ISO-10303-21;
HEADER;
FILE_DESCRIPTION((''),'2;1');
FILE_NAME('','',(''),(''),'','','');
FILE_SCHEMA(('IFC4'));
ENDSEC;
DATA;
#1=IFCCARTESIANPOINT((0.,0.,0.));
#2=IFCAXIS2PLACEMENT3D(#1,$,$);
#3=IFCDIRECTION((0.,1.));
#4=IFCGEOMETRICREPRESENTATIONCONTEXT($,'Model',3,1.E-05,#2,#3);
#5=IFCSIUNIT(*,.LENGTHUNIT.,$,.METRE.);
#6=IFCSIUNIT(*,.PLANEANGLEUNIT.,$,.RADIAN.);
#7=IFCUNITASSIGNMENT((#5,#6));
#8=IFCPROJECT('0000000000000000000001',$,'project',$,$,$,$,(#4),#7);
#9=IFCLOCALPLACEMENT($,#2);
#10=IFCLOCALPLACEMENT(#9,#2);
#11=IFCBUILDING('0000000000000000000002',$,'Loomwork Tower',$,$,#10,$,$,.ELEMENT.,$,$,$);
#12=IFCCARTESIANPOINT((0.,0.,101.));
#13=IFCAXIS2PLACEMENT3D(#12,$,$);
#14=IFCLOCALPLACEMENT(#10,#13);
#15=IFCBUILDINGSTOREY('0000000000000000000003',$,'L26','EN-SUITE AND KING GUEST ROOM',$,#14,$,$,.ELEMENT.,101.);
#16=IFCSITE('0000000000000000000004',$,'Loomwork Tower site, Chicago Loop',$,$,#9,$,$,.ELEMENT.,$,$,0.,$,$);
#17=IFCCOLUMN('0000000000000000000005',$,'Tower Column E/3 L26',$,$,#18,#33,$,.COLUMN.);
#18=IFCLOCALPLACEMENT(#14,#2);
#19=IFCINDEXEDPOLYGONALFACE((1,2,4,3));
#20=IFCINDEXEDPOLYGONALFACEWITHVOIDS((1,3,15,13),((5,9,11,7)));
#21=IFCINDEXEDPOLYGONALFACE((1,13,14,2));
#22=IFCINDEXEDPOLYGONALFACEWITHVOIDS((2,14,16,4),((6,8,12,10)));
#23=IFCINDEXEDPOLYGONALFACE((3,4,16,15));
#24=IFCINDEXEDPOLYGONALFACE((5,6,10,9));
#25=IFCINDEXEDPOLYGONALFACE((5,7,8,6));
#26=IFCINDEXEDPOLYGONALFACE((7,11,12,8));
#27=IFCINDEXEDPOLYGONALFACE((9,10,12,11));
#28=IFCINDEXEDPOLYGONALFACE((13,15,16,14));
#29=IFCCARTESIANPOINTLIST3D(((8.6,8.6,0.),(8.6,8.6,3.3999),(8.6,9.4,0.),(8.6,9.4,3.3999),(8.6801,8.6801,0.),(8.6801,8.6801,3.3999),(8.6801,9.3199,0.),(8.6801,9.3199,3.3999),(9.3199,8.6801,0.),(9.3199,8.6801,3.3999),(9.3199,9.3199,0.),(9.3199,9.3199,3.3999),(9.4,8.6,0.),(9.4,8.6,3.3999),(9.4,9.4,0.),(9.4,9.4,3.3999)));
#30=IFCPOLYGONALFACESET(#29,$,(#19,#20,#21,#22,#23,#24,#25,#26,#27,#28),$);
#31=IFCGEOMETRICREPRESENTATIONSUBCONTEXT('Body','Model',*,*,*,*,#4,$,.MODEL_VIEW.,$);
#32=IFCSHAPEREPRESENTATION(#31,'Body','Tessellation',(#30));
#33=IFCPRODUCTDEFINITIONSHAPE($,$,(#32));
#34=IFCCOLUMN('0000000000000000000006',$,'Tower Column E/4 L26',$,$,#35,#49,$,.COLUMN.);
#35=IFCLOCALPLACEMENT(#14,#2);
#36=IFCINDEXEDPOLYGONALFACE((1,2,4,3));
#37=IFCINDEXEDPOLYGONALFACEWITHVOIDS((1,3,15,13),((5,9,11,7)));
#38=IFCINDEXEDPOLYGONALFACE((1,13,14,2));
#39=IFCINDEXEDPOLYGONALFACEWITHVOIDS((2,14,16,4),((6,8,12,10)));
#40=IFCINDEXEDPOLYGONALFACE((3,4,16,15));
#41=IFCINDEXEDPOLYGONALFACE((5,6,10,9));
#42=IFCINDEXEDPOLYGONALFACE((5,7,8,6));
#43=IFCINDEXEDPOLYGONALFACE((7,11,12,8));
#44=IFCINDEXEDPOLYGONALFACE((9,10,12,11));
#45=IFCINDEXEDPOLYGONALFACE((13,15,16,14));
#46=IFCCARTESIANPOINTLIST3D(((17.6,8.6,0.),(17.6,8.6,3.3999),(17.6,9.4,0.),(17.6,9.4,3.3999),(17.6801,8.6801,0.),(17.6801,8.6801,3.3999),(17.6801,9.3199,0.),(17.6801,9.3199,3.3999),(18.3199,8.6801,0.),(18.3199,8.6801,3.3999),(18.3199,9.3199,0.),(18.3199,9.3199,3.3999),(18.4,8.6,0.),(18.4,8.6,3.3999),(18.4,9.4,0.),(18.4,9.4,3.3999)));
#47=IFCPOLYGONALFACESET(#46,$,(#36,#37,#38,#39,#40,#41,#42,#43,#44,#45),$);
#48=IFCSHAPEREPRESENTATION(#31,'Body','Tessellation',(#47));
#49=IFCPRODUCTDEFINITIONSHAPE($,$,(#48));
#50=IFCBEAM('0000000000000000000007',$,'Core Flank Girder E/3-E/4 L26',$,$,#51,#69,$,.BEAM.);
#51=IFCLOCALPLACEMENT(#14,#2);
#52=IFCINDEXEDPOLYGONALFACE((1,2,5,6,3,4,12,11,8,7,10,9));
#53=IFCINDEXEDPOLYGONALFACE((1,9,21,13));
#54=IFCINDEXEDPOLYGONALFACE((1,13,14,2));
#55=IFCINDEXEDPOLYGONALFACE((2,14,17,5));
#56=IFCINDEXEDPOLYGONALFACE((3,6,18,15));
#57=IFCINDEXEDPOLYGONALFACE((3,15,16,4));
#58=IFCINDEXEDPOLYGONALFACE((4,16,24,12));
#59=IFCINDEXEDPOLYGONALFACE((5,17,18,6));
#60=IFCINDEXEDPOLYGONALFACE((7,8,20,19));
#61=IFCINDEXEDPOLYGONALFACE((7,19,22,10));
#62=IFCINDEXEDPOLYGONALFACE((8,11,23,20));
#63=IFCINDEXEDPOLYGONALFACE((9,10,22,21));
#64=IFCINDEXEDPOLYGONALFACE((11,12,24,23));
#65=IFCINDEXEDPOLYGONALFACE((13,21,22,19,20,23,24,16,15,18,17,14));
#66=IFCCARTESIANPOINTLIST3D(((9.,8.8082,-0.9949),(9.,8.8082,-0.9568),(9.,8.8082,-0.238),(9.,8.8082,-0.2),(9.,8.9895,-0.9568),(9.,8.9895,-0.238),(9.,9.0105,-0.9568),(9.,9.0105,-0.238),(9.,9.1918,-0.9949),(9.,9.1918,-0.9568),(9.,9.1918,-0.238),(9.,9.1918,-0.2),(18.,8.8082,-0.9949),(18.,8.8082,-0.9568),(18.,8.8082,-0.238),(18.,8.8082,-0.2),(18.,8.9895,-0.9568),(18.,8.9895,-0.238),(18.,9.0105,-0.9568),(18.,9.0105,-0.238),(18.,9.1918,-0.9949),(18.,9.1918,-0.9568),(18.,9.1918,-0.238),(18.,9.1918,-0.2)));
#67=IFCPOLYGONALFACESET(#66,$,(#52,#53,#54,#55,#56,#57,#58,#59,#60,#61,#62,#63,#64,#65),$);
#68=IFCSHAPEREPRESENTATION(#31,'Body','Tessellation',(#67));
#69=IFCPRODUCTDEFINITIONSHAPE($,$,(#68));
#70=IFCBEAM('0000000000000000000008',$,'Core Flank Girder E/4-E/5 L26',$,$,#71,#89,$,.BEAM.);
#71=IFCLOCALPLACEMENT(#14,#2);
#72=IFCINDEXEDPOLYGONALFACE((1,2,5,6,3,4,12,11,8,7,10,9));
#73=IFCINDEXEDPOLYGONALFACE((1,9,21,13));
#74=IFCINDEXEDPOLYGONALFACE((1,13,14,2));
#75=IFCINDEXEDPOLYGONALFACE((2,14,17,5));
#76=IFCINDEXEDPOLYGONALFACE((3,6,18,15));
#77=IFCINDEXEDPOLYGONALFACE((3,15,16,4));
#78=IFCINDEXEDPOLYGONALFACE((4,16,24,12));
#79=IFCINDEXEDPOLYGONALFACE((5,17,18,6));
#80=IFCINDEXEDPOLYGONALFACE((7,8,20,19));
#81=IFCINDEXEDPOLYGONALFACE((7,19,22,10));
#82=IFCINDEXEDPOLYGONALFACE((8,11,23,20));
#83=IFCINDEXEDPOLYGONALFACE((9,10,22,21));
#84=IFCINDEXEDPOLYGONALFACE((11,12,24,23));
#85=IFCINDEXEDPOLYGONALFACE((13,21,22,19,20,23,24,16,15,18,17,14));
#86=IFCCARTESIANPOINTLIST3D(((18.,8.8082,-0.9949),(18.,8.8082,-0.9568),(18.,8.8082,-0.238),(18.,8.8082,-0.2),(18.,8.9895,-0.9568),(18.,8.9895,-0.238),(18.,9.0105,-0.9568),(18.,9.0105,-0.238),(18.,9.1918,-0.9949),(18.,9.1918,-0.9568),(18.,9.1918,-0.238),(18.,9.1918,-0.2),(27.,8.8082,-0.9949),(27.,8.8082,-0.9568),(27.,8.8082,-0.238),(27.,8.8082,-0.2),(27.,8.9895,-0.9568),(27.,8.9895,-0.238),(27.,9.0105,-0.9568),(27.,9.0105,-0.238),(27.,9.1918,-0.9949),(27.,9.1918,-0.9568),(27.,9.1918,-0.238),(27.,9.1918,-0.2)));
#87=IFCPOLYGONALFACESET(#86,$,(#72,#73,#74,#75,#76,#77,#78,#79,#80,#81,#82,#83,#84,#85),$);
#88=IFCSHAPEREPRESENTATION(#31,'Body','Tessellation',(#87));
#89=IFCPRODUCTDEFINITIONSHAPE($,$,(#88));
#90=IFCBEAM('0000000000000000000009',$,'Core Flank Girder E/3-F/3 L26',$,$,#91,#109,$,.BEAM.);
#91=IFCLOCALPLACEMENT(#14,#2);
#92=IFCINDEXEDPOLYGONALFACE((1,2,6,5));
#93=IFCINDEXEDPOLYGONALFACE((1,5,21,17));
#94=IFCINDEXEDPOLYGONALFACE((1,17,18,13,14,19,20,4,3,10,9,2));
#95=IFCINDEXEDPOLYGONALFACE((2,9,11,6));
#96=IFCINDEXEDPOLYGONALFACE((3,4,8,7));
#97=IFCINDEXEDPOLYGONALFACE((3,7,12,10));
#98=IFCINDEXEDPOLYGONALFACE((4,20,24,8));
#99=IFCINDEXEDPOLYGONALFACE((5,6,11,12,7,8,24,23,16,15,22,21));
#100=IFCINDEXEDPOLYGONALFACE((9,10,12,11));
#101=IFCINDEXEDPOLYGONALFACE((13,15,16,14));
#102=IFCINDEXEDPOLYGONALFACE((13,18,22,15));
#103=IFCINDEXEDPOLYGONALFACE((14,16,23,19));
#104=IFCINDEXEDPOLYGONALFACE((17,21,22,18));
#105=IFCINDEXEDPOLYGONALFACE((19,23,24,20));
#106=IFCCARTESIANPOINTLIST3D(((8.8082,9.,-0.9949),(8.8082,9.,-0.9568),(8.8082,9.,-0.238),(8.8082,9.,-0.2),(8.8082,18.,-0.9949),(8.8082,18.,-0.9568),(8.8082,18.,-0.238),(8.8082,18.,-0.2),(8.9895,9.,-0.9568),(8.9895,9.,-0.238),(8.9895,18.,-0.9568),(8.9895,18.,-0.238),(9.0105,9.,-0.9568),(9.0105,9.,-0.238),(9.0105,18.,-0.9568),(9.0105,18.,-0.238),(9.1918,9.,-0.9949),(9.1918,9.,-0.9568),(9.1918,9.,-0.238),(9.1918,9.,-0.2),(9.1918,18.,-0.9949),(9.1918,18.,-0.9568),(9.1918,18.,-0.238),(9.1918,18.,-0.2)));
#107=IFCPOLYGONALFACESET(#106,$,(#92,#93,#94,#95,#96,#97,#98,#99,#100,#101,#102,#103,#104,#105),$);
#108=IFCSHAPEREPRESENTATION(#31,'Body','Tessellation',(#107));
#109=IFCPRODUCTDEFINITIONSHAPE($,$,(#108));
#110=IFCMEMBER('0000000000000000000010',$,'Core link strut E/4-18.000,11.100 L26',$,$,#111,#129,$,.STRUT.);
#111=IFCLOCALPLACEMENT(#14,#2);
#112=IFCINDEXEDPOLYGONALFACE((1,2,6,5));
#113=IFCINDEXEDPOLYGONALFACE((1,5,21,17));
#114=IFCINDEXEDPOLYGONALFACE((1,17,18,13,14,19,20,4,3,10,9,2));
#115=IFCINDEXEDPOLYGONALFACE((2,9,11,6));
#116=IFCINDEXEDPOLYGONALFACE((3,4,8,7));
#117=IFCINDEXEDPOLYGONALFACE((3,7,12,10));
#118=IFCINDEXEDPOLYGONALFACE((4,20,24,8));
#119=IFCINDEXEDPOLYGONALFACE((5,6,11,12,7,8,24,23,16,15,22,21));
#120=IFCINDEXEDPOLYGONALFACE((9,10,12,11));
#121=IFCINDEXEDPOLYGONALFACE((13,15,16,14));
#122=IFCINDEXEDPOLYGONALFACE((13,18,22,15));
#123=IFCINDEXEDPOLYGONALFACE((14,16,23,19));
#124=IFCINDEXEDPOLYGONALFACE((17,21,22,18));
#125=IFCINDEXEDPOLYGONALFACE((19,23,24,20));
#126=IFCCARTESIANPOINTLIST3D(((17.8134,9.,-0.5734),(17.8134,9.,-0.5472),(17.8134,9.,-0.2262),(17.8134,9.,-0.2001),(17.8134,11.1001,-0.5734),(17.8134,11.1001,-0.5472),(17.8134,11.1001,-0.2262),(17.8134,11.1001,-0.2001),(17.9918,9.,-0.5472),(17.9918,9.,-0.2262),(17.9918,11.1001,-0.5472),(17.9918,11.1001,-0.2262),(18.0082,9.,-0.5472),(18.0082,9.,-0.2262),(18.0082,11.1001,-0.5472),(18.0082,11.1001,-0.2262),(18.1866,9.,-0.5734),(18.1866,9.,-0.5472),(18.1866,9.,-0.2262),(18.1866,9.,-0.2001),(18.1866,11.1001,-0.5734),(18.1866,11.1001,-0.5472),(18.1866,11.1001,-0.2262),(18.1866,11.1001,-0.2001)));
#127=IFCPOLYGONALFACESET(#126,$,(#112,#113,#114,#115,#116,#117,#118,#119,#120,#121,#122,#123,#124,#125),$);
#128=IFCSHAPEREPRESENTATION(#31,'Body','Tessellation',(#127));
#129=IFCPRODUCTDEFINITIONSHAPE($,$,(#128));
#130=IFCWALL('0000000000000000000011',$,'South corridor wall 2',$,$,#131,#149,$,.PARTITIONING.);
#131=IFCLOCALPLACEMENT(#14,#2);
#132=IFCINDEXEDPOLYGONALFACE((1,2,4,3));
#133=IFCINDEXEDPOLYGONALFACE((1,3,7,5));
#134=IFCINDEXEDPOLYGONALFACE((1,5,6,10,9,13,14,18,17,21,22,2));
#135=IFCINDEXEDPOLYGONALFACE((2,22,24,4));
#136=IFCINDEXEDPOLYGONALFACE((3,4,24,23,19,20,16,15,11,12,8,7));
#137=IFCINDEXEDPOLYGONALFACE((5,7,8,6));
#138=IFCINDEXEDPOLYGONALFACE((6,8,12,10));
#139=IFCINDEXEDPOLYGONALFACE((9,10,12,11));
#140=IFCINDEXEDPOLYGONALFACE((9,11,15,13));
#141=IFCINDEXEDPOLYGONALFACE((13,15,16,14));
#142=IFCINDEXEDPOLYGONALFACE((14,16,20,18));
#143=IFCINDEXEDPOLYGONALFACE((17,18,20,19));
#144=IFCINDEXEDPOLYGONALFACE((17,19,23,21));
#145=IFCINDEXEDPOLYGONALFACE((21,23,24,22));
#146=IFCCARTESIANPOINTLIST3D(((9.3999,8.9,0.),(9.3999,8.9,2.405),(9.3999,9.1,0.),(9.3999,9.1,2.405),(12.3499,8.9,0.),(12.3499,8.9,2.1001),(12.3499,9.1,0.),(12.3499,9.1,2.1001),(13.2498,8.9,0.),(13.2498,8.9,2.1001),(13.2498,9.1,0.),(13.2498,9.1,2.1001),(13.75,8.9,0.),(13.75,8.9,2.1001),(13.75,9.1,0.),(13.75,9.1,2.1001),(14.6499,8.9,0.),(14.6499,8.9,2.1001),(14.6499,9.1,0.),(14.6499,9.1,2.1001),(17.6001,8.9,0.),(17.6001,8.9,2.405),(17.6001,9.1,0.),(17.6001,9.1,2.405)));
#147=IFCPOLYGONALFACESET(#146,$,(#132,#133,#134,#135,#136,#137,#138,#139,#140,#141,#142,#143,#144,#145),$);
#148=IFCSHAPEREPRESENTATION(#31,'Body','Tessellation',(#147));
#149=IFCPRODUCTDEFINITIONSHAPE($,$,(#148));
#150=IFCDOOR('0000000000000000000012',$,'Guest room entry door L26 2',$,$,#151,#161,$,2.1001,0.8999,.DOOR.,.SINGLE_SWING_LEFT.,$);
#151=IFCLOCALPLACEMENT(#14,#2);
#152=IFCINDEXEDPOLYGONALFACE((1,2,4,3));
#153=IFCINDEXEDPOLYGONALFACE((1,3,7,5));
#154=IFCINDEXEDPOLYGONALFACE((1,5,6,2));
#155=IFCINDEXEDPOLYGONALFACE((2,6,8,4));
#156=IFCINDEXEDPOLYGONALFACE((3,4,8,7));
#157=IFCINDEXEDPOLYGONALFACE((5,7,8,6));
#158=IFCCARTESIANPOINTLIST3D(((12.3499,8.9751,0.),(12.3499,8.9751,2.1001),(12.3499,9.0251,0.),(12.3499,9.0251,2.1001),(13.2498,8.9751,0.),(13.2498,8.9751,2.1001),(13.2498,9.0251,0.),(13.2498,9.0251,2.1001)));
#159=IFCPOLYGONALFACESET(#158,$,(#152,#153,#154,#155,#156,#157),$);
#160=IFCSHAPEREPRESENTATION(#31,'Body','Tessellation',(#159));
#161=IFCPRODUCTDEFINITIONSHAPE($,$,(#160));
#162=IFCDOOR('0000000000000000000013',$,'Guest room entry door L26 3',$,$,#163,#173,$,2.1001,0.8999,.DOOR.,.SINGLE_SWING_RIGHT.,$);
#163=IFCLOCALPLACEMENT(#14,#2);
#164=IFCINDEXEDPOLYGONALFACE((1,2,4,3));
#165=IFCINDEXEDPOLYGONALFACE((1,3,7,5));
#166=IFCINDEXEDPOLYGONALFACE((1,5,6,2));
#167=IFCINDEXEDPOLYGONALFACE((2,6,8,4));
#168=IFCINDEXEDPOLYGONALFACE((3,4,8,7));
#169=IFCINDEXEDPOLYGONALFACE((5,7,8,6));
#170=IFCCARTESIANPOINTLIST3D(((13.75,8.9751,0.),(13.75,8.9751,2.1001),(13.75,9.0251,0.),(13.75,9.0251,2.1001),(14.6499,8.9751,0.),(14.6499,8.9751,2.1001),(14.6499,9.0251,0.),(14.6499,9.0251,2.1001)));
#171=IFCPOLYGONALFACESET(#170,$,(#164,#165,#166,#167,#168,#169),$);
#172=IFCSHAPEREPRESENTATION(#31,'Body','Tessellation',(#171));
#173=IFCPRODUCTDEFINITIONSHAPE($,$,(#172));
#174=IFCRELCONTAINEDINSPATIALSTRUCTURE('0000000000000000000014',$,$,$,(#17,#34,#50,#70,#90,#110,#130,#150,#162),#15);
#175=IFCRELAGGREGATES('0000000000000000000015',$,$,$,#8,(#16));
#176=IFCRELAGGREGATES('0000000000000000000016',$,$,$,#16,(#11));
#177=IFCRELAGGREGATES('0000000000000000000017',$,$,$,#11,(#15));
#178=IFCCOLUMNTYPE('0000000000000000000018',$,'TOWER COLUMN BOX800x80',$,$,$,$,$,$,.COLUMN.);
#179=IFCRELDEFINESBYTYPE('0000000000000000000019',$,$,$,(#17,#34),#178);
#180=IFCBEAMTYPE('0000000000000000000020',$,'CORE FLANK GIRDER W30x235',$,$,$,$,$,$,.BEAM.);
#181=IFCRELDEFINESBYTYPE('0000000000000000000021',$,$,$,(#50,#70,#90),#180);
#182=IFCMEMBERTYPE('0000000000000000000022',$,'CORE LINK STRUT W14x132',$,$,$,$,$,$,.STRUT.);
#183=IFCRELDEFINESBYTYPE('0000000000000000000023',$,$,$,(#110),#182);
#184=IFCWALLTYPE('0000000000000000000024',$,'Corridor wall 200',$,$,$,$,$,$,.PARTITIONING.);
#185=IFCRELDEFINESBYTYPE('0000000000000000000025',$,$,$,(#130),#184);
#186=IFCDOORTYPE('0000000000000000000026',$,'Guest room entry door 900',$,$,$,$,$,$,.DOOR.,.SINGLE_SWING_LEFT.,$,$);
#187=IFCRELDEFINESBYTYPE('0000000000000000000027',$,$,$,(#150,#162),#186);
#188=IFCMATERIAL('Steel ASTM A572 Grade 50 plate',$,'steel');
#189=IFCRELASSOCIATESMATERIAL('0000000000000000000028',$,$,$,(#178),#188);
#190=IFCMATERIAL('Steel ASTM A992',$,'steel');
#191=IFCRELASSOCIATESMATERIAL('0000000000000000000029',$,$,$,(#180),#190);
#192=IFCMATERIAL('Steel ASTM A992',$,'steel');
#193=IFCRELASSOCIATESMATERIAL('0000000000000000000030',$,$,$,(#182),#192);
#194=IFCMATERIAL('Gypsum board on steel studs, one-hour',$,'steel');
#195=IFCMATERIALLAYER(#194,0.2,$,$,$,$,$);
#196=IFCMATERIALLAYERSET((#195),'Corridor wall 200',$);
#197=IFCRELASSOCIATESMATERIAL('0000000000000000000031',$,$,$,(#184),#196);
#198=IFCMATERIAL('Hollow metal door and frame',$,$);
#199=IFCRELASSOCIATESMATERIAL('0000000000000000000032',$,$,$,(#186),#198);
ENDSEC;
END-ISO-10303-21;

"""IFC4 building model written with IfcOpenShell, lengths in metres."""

from ifc_helpers import new_model, si_unit, direction, frame, frame_2d, origin, origin_2d, place, context, subcontext, project, spatial, rectangle, hollow_rectangle, i_section, extrude, material, layer, layer_set, material_profile, profile_set, type_object, element, fill, save


model = new_model("IFC4")

# Units and contexts
model_context = context("Model", 3, precision=1e-05, world=origin(), true_north=direction((0.0, 1.0)))
body_context = subcontext(model_context, "Body", "Model", "MODEL_VIEW")
ifc_project = project(units=[si_unit("LENGTHUNIT", "METRE"), si_unit("PLANEANGLEUNIT", "RADIAN")], contexts=[model_context])

# Site, building, storey
site_placement = place(None, origin())
site = spatial("IfcSite", under=ifc_project, at=site_placement, Name="Loomwork Tower site, Chicago Loop", CompositionType="ELEMENT", RefElevation=0.0)
building_placement = place(site_placement, origin())
building = spatial("IfcBuilding", under=site, at=building_placement, Name="Loomwork Tower", CompositionType="ELEMENT")
storey_placement = place(building_placement, frame((0.0, 0.0, 101.0)))
storey = spatial("IfcBuildingStorey", under=building, at=storey_placement, Name="L26", Description="EN-SUITE AND KING GUEST ROOM", CompositionType="ELEMENT", Elevation=101.0)

# Columns
ifc_material_1 = material(Name="Steel ASTM A572 Grade 50 plate", Category="steel")
ifc_material_profile_1 = material_profile(ifc_material_1, hollow_rectangle(XDim=0.8, YDim=0.8, WallThickness=0.0801, at=origin_2d()), Name="BOX800x80")
ifc_profile_set_1 = profile_set([ifc_material_profile_1], Name="Steel ASTM A572 Grade 50 plate")
column_type = type_object("IfcColumnType", Name="TOWER COLUMN BOX800x80", PredefinedType="COLUMN", material=ifc_profile_set_1)
for number, where, z_axis, x_axis, name in (
    (1, (9.0, 9.0, 0.0), (0.0, 0.0, 1.0), (1.0, 0.0, 0.0), "Tower Column E/3 L26"),
    (2, (18.0, 9.0, 0.0), (0.0, 0.0, 1.0), (1.0, 0.0, 0.0), "Tower Column E/4 L26"),
):
    element("IfcColumn", number, at=place(storey_placement, frame(where, z_axis=z_axis, x_axis=x_axis)), inside=storey, type_object=column_type, Name=name, PredefinedType="COLUMN", context=body_context, shape_type="SweptSolid", body=[
        extrude(hollow_rectangle(XDim=0.8, YDim=0.8, WallThickness=0.0801, at=origin_2d()), origin(), (0.0, 0.0, 1.0), 3.3999),
    ])

# Beams
ifc_material_2 = material(Name="Steel ASTM A992", Category="steel")
ifc_material_profile_2 = material_profile(ifc_material_2, i_section(OverallWidth=0.3835, OverallDepth=0.7949, WebThickness=0.021, FlangeThickness=0.0381, at=origin_2d()), Name="W30x235")
ifc_profile_set_2 = profile_set([ifc_material_profile_2], Name="Steel ASTM A992")
beam_type = type_object("IfcBeamType", Name="CORE FLANK GIRDER W30x235", PredefinedType="BEAM", material=ifc_profile_set_2)
for number, where, z_axis, x_axis, name in (
    (3, (9.0, 9.0, -0.5974), (1.0, 0.0, 0.0), (0.0, 1.0, 0.0), "Core Flank Girder E/3-E/4 L26"),
    (4, (18.0, 9.0, -0.5974), (1.0, 0.0, 0.0), (0.0, 1.0, 0.0), "Core Flank Girder E/4-E/5 L26"),
    (5, (9.0, 9.0, -0.5974), (0.0, 1.0, 0.0), (-1.0, 0.0, 0.0), "Core Flank Girder E/3-F/3 L26"),
):
    element("IfcBeam", number, at=place(storey_placement, frame(where, z_axis=z_axis, x_axis=x_axis)), inside=storey, type_object=beam_type, Name=name, PredefinedType="BEAM", context=body_context, shape_type="SweptSolid", body=[
        extrude(i_section(OverallWidth=0.3835, OverallDepth=0.7949, WebThickness=0.021, FlangeThickness=0.0381, at=origin_2d()), origin(), (0.0, 0.0, 1.0), 9.0),
    ])

# Member
ifc_material_3 = material(Name="Steel ASTM A992", Category="steel")
ifc_material_profile_3 = material_profile(ifc_material_3, i_section(OverallWidth=0.3733, OverallDepth=0.3733, WebThickness=0.0164, FlangeThickness=0.0261, at=origin_2d()), Name="W14x132")
ifc_profile_set_3 = profile_set([ifc_material_profile_3], Name="Steel ASTM A992")
member_type = type_object("IfcMemberType", Name="CORE LINK STRUT W14x132", PredefinedType="STRUT", material=ifc_profile_set_3)
member_placement = place(storey_placement, frame((18.0, 9.0, -0.3867), z_axis=(0.0, 1.0, 0.0), x_axis=(-1.0, 0.0, 0.0)))
element("IfcMember", 6, at=member_placement, inside=storey, type_object=member_type, Name="Core link strut E/4-18.000,11.100 L26", PredefinedType="STRUT", context=body_context, shape_type="SweptSolid", body=[
    extrude(i_section(OverallWidth=0.3733, OverallDepth=0.3733, WebThickness=0.0164, FlangeThickness=0.0261, at=origin_2d()), origin(), (0.0, 0.0, 1.0), 2.1001),
])

# Wall, openings, doors
ifc_material_4 = material(Name="Gypsum board on steel studs, one-hour", Category="steel")
ifc_layer_1 = layer(ifc_material_4, 0.2)
ifc_layer_set_1 = layer_set([ifc_layer_1], Name="Corridor wall 200")
wall_type_1 = type_object("IfcWallType", Name="Corridor wall 200", PredefinedType="PARTITIONING", material=ifc_layer_set_1)
wall_1_placement = place(storey_placement, frame((9.3999, 9.0, 0.0), z_axis=(0.0, 0.0, 1.0), x_axis=(1.0, 0.0, 0.0)))
wall_1 = element("IfcWall", 7, at=wall_1_placement, inside=storey, type_object=wall_type_1, Name="South corridor wall 2", PredefinedType="PARTITIONING", context=body_context, shape_type="SweptSolid", body=[
    extrude(rectangle(XDim=8.2002, YDim=0.2, at=frame_2d((4.1001, 0.0))), origin(), (0.0, 0.0, 1.0), 2.405),
])
opening_1_placement = place(wall_1_placement, frame((2.95, 0.0, 0.0)))
opening_1 = element("IfcOpeningElement", 8, at=opening_1_placement, cuts=wall_1, PredefinedType="OPENING", context=body_context, shape_type="SweptSolid", body=[
    extrude(rectangle(XDim=0.8999, YDim=2.1001, at=frame_2d((0.45, 1.05))), frame((0.0, 0.1099, 0.0), z_axis=(0.0, -1.0, 0.0), x_axis=(1.0, 0.0, 0.0)), (0.0, 0.0, 1.0), 0.22),
])
opening_2_placement = place(wall_1_placement, frame((4.3501, 0.0, 0.0)))
opening_2 = element("IfcOpeningElement", 9, at=opening_2_placement, cuts=wall_1, PredefinedType="OPENING", context=body_context, shape_type="SweptSolid", body=[
    extrude(rectangle(XDim=0.8999, YDim=2.1001, at=frame_2d((0.45, 1.05))), frame((0.0, 0.1099, 0.0), z_axis=(0.0, -1.0, 0.0), x_axis=(1.0, 0.0, 0.0)), (0.0, 0.0, 1.0), 0.22),
])
ifc_material_5 = material(Name="Hollow metal door and frame")
door_type_1 = type_object("IfcDoorType", Name="Guest room entry door 900", OperationType="SINGLE_SWING_LEFT", PredefinedType="DOOR", material=ifc_material_5)
door_1_placement = place(opening_1_placement, frame((0.8999, 0.0, 0.0), z_axis=(0.0, 0.0, 1.0), x_axis=(-1.0, 0.0, 0.0)))
door_1 = element("IfcDoor", 10, at=door_1_placement, inside=storey, type_object=door_type_1, Name="Guest room entry door L26 2", OperationType="SINGLE_SWING_LEFT", OverallHeight=2.1001, OverallWidth=0.8999, PredefinedType="DOOR", context=body_context, shape_type="SweptSolid", body=[
    extrude(rectangle(XDim=0.8999, YDim=2.1001, at=frame_2d((0.45, 1.05))), frame((0.0, 0.0249, 0.0), z_axis=(0.0, -1.0, 0.0), x_axis=(1.0, 0.0, 0.0)), (0.0, 0.0, 1.0), 0.05),
])
fill(opening_1, door_1)
door_2_placement = place(opening_2_placement, frame((0.8999, 0.0, 0.0), z_axis=(0.0, 0.0, 1.0), x_axis=(-1.0, 0.0, 0.0)))
door_2 = element("IfcDoor", 11, at=door_2_placement, inside=storey, type_object=door_type_1, Name="Guest room entry door L26 3", OperationType="SINGLE_SWING_RIGHT", OverallHeight=2.1001, OverallWidth=0.8999, PredefinedType="DOOR", context=body_context, shape_type="SweptSolid", body=[
    extrude(rectangle(XDim=0.8999, YDim=2.1001, at=frame_2d((0.45, 1.05))), frame((0.0, 0.0249, 0.0), z_axis=(0.0, -1.0, 0.0), x_axis=(1.0, 0.0, 0.0)), (0.0, 0.0, 1.0), 0.05),
])
fill(opening_2, door_2)

save(model, "model.ifc")
